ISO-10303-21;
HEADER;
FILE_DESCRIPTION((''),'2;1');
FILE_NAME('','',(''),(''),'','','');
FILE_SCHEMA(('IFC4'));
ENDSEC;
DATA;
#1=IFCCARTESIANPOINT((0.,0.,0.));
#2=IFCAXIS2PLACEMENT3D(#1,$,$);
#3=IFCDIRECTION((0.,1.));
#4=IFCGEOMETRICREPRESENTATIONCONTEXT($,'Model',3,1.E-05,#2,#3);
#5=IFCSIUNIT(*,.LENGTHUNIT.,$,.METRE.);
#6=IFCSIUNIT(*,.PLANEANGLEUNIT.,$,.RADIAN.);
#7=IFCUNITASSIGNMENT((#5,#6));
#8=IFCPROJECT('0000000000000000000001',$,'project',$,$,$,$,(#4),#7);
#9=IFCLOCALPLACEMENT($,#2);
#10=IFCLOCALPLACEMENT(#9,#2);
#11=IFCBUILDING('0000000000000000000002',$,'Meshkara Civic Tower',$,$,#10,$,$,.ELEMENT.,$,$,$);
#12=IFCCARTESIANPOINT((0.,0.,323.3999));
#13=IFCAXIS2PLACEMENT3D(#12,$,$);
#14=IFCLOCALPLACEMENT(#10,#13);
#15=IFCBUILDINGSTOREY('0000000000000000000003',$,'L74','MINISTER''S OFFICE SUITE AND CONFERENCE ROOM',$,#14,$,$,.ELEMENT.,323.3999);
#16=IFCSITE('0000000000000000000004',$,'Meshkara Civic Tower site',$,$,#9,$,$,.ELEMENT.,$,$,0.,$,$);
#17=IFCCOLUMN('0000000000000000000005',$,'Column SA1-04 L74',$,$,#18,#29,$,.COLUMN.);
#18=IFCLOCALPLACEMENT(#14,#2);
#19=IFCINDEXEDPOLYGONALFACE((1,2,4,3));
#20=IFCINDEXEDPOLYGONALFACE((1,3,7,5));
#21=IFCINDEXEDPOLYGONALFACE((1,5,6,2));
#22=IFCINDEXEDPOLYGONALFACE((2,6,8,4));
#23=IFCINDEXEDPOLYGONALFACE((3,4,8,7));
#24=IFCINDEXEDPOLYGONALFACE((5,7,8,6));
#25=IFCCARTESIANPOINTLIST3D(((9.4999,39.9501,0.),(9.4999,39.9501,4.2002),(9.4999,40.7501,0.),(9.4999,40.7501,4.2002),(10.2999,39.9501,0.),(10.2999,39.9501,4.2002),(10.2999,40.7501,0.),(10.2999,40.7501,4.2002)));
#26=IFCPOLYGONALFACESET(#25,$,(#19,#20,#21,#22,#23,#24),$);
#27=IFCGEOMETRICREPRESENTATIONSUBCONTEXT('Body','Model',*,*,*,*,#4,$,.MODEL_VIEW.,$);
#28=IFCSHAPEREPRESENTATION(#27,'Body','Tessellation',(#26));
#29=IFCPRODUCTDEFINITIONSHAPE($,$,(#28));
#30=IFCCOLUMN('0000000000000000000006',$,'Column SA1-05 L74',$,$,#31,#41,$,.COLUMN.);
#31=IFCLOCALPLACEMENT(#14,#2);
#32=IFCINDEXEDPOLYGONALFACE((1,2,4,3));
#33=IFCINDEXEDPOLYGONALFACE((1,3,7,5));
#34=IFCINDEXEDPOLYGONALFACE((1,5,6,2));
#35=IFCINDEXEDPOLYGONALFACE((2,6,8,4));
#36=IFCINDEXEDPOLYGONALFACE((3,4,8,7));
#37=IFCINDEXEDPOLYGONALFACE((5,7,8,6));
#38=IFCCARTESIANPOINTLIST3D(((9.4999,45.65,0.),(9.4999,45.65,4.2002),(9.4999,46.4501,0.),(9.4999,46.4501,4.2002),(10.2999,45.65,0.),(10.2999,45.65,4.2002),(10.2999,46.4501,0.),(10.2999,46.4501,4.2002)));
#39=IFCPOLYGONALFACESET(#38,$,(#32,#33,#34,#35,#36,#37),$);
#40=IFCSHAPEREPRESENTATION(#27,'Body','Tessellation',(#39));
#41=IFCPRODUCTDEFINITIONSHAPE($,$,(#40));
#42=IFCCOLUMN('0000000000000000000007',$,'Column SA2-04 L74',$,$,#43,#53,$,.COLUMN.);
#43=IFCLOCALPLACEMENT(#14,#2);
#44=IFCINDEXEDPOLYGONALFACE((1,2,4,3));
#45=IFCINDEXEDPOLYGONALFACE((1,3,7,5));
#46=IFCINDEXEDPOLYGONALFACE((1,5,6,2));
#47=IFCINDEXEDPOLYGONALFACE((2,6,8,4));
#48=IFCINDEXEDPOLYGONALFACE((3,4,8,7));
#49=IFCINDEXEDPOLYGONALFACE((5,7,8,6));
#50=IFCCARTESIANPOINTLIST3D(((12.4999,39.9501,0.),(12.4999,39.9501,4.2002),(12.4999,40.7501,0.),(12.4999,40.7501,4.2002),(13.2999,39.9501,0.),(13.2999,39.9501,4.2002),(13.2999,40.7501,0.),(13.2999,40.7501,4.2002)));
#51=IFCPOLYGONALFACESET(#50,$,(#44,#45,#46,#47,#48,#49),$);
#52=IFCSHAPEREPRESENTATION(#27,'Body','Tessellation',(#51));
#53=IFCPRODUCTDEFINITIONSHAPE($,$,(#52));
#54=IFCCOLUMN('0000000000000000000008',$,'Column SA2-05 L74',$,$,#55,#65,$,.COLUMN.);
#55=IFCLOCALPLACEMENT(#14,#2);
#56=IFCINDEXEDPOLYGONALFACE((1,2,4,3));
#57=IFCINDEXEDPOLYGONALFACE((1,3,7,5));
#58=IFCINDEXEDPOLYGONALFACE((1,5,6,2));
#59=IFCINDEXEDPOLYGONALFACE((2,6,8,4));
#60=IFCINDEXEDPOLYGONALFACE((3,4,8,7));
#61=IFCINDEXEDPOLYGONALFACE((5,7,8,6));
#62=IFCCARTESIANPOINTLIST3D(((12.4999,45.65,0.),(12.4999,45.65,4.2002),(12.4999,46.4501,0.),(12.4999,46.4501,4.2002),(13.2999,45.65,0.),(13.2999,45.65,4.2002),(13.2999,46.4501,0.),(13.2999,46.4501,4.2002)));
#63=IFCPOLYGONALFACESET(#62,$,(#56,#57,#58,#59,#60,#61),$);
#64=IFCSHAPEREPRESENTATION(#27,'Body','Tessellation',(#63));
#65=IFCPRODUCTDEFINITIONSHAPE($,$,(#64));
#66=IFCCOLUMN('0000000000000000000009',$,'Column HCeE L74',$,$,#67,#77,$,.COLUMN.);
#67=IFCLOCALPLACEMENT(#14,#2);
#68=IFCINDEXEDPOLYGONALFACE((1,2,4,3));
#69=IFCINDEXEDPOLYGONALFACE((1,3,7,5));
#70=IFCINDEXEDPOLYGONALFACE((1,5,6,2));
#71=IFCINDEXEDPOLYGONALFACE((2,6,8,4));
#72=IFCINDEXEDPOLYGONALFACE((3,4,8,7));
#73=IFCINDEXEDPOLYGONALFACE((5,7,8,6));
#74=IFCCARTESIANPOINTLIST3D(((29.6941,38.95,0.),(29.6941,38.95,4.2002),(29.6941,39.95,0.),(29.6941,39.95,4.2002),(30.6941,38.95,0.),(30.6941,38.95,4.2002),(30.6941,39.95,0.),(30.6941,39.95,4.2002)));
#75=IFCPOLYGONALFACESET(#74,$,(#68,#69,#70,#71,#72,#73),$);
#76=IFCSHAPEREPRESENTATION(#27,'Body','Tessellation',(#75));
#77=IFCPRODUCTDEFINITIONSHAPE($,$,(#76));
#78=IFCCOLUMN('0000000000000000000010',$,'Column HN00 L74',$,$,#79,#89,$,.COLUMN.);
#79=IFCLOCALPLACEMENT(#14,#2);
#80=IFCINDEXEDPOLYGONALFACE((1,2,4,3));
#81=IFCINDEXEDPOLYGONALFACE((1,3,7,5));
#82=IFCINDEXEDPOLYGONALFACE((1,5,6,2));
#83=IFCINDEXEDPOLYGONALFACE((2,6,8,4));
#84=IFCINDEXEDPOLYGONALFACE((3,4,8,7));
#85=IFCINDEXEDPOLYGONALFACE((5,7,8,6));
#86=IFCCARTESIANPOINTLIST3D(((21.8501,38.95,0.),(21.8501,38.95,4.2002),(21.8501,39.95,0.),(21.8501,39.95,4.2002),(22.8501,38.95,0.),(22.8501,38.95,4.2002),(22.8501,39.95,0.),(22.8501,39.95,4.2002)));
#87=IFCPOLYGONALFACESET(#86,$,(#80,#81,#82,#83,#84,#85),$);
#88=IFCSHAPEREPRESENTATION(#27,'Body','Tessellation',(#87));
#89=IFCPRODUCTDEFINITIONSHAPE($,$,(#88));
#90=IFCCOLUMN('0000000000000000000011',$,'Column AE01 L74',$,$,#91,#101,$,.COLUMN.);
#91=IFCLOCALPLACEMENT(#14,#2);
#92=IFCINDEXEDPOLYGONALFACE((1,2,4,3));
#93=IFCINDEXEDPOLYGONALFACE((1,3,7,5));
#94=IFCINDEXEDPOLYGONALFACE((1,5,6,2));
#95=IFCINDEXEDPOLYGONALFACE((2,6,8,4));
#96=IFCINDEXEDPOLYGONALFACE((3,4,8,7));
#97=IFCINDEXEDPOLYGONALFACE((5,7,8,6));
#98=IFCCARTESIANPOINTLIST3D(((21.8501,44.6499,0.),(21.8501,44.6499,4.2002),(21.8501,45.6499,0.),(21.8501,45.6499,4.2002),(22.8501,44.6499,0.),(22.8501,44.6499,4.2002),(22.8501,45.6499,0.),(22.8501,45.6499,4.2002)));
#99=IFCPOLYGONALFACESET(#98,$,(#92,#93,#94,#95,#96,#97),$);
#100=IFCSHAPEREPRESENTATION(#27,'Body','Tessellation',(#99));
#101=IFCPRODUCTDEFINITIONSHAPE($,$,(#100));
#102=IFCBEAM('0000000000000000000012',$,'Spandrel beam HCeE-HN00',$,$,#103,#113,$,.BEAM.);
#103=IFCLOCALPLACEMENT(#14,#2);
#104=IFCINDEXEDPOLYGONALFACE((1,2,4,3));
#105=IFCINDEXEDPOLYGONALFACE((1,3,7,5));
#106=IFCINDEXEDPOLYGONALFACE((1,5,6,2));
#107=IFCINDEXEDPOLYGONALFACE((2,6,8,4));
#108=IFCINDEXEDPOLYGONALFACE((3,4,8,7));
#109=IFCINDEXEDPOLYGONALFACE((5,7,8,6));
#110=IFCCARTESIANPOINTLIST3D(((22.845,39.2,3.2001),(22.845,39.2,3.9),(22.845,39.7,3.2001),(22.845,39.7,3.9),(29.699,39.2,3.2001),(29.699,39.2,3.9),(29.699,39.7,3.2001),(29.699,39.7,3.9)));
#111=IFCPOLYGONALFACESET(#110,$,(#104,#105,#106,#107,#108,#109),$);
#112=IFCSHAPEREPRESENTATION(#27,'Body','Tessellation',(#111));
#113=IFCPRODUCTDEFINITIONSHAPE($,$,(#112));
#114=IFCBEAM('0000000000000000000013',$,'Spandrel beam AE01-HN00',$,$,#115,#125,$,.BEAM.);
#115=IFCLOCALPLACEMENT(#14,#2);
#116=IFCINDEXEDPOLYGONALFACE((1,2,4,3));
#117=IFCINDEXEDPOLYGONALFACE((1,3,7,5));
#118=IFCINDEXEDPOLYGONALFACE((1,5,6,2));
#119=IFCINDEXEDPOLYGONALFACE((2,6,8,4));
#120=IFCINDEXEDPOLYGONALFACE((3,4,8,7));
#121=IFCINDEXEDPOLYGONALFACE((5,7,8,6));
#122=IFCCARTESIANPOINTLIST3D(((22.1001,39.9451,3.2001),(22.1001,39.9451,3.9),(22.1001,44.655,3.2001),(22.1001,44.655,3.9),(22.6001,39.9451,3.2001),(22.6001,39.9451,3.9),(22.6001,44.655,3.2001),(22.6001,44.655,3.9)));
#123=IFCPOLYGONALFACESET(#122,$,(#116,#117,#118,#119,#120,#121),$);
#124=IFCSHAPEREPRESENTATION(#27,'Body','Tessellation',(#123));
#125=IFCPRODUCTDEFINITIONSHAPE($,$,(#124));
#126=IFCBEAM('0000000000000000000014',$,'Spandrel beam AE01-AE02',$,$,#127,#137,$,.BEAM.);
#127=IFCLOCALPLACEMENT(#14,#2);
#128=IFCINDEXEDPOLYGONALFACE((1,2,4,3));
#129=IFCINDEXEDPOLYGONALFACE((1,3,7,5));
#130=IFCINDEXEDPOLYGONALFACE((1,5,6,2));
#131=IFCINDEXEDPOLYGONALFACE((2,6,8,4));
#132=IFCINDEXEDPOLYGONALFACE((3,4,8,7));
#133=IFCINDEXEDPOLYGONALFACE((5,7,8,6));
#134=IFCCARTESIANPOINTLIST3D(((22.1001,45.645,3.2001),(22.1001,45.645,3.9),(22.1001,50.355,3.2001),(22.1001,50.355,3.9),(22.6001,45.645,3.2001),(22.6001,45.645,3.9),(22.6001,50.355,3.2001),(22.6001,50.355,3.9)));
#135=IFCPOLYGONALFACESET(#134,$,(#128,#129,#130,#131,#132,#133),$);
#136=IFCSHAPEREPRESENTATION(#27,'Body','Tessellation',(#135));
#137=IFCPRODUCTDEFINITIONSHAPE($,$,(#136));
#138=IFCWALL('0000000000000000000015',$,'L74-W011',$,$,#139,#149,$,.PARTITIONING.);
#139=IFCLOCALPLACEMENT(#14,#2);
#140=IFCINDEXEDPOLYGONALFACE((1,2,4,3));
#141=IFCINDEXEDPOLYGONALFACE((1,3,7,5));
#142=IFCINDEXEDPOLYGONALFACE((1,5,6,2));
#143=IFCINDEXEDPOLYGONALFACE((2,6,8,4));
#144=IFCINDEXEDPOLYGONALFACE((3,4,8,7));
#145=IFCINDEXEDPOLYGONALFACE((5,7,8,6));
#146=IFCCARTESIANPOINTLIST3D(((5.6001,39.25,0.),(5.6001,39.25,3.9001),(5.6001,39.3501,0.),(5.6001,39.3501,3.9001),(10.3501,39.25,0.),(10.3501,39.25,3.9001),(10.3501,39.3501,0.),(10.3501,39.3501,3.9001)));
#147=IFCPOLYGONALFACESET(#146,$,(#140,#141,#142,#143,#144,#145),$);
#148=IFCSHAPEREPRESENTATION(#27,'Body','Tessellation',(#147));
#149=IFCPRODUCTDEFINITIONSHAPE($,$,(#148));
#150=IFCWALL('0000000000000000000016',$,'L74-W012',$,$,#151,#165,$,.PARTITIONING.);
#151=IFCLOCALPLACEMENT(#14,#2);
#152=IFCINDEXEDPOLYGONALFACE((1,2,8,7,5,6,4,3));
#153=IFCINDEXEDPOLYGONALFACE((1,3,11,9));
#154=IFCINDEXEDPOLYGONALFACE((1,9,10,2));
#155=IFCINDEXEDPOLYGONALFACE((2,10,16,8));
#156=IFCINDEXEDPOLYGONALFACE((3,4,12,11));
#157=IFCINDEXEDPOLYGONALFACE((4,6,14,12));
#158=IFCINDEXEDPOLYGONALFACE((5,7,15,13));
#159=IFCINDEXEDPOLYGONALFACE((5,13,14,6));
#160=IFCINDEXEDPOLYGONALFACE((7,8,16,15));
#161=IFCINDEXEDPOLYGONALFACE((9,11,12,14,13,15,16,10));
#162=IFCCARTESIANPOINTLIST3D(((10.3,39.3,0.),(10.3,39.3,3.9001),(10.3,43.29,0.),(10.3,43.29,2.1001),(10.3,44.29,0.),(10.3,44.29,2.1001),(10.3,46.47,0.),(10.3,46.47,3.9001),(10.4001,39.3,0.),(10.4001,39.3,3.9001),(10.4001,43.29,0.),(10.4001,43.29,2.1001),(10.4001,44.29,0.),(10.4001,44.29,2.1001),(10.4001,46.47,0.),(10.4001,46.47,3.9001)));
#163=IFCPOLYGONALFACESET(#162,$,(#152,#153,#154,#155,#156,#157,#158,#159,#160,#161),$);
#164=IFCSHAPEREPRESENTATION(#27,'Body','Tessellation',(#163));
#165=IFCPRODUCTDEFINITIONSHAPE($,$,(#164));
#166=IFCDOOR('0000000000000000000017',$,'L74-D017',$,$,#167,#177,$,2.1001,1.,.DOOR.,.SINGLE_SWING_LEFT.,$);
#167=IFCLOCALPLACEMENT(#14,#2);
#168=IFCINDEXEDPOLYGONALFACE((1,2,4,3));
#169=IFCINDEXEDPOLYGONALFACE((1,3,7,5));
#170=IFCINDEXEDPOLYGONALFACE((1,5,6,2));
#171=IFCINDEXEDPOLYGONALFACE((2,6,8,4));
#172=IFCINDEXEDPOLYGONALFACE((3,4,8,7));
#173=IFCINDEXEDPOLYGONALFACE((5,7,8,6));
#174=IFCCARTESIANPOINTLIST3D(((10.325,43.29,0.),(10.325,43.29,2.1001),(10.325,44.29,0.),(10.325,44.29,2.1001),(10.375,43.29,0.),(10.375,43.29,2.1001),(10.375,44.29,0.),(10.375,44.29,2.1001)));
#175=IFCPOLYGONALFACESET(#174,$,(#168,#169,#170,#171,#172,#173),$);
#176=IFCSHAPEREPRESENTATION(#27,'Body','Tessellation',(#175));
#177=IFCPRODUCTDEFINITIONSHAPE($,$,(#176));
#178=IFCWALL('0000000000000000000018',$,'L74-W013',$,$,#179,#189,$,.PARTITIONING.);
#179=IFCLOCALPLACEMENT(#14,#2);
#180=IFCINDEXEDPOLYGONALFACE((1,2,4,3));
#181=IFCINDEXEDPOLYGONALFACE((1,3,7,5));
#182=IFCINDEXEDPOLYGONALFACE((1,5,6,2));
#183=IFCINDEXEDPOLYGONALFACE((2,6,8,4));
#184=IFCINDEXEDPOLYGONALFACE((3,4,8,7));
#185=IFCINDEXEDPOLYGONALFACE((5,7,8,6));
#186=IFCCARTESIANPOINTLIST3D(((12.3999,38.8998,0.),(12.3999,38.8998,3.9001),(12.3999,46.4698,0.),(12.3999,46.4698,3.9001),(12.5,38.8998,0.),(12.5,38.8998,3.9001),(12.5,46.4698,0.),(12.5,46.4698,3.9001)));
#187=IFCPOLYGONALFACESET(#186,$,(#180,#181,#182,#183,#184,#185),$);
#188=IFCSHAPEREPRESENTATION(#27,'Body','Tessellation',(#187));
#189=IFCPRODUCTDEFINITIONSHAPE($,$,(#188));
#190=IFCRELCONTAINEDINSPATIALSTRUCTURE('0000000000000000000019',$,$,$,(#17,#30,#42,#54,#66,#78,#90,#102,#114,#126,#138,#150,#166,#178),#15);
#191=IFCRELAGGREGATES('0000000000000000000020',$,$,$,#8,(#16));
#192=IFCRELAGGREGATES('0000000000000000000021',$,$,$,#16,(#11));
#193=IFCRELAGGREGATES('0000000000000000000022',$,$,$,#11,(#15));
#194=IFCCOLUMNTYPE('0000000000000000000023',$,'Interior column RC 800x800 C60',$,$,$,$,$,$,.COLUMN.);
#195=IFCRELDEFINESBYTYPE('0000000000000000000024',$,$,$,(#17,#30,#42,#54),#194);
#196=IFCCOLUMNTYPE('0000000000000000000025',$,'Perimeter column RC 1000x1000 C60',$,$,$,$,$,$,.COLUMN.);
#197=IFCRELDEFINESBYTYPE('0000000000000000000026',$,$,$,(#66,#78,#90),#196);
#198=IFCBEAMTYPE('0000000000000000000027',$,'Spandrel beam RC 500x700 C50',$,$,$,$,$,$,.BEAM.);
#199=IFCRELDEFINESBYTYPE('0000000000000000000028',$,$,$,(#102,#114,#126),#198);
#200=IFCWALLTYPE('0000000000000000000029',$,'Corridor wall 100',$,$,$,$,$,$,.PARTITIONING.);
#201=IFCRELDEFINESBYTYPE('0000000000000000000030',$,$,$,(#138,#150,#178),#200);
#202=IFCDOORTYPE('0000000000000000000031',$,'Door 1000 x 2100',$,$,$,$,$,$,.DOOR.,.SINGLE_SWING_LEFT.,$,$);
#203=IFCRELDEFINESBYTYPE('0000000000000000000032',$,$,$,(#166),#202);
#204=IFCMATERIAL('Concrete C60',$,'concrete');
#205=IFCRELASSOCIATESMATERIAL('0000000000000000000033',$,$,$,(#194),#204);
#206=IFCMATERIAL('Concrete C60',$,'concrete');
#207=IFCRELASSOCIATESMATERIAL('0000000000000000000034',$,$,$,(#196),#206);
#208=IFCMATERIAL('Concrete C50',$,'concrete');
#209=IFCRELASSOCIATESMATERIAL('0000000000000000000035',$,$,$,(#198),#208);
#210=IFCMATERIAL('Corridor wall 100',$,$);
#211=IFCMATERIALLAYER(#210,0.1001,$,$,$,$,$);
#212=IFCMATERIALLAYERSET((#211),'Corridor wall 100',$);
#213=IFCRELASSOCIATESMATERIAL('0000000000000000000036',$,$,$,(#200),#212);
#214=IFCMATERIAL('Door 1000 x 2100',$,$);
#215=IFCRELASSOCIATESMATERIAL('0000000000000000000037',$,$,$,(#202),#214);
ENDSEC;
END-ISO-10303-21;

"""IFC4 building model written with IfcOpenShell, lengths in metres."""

from ifc_helpers import new_model, si_unit, direction, frame, frame_2d, origin, origin_2d, place, context, subcontext, project, spatial, rectangle, extrude, material, layer, layer_set, material_profile, profile_set, type_object, element, fill, save


model = new_model("IFC4")

# Units and contexts
model_context = context("Model", 3, precision=1e-05, world=origin(), true_north=direction((0.0, 1.0)))
body_context = subcontext(model_context, "Body", "Model", "MODEL_VIEW")
ifc_project = project(units=[si_unit("LENGTHUNIT", "METRE"), si_unit("PLANEANGLEUNIT", "RADIAN")], contexts=[model_context])

# Site, building, storey
site_placement = place(None, origin())
site = spatial("IfcSite", under=ifc_project, at=site_placement, Name="Meshkara Civic Tower site", CompositionType="ELEMENT", RefElevation=0.0)
building_placement = place(site_placement, origin())
building = spatial("IfcBuilding", under=site, at=building_placement, Name="Meshkara Civic Tower", CompositionType="ELEMENT")
storey_placement = place(building_placement, frame((0.0, 0.0, 323.3999)))
storey = spatial("IfcBuildingStorey", under=building, at=storey_placement, Name="L74", Description="MINISTER'S OFFICE SUITE AND CONFERENCE ROOM", CompositionType="ELEMENT", Elevation=323.3999)

# Columns
ifc_material_1 = material(Name="Concrete C60", Category="concrete")
ifc_material_profile_1 = material_profile(ifc_material_1, rectangle(XDim=0.8, YDim=0.8, at=origin_2d()))
ifc_profile_set_1 = profile_set([ifc_material_profile_1], Name="Concrete C60")
column_type_1 = type_object("IfcColumnType", Name="Interior column RC 800x800 C60", PredefinedType="COLUMN", material=ifc_profile_set_1)
for number, where, z_axis, x_axis, name in (
    (1, (9.8999, 40.3501, 0.0), (0.0, 0.0, 1.0), (1.0, 0.0, 0.0), "Column SA1-04 L74"),
    (2, (9.8999, 46.05, 0.0), (0.0, 0.0, 1.0), (1.0, 0.0, 0.0), "Column SA1-05 L74"),
    (3, (12.8999, 40.3501, 0.0), (0.0, 0.0, 1.0), (1.0, 0.0, 0.0), "Column SA2-04 L74"),
    (4, (12.8999, 46.05, 0.0), (0.0, 0.0, 1.0), (1.0, 0.0, 0.0), "Column SA2-05 L74"),
):
    element("IfcColumn", number, at=place(storey_placement, frame(where, z_axis=z_axis, x_axis=x_axis)), inside=storey, type_object=column_type_1, Name=name, PredefinedType="COLUMN", context=body_context, shape_type="SweptSolid", body=[
        extrude(rectangle(XDim=0.8, YDim=0.8, at=origin_2d()), origin(), (0.0, 0.0, 1.0), 4.2002),
    ])
ifc_material_2 = material(Name="Concrete C60", Category="concrete")
ifc_material_profile_2 = material_profile(ifc_material_2, rectangle(XDim=1.0, YDim=1.0, at=origin_2d()))
ifc_profile_set_2 = profile_set([ifc_material_profile_2], Name="Concrete C60")
column_type_2 = type_object("IfcColumnType", Name="Perimeter column RC 1000x1000 C60", PredefinedType="COLUMN", material=ifc_profile_set_2)
for number, where, z_axis, x_axis, name in (
    (5, (30.1941, 39.45, 0.0), (0.0, 0.0, 1.0), (1.0, 0.0, 0.0), "Column HCeE L74"),
    (6, (22.3501, 39.45, 0.0), (0.0, 0.0, 1.0), (1.0, 0.0, 0.0), "Column HN00 L74"),
    (7, (22.3501, 45.1499, 0.0), (0.0, 0.0, 1.0), (1.0, 0.0, 0.0), "Column AE01 L74"),
):
    element("IfcColumn", number, at=place(storey_placement, frame(where, z_axis=z_axis, x_axis=x_axis)), inside=storey, type_object=column_type_2, Name=name, PredefinedType="COLUMN", context=body_context, shape_type="SweptSolid", body=[
        extrude(rectangle(XDim=1.0, YDim=1.0, at=origin_2d()), origin(), (0.0, 0.0, 1.0), 4.2002),
    ])

# Beams
ifc_material_3 = material(Name="Concrete C50", Category="concrete")
ifc_material_profile_3 = material_profile(ifc_material_3, rectangle(XDim=0.5, YDim=0.7, at=origin_2d()))
ifc_profile_set_3 = profile_set([ifc_material_profile_3], Name="Concrete C50")
beam_type = type_object("IfcBeamType", Name="Spandrel beam RC 500x700 C50", PredefinedType="BEAM", material=ifc_profile_set_3)
beam_placement = place(storey_placement, frame((29.699, 39.45, 3.55), z_axis=(-1.0, 0.0, 0.0), x_axis=(0.0, -1.0, 0.0)))
element("IfcBeam", 8, at=beam_placement, inside=storey, type_object=beam_type, Name="Spandrel beam HCeE-HN00", PredefinedType="BEAM", context=body_context, shape_type="SweptSolid", body=[
    extrude(rectangle(XDim=0.5, YDim=0.7, at=origin_2d()), origin(), (0.0, 0.0, 1.0), 6.854),
])
for number, where, z_axis, x_axis, name in (
    (9, (22.3501, 39.9451, 3.55), (0.0, 1.0, 0.0), (-1.0, 0.0, 0.0), "Spandrel beam AE01-HN00"),
    (10, (22.3501, 45.645, 3.55), (0.0, 1.0, 0.0), (-1.0, 0.0, 0.0), "Spandrel beam AE01-AE02"),
):
    element("IfcBeam", number, at=place(storey_placement, frame(where, z_axis=z_axis, x_axis=x_axis)), inside=storey, type_object=beam_type, Name=name, PredefinedType="BEAM", context=body_context, shape_type="SweptSolid", body=[
        extrude(rectangle(XDim=0.5, YDim=0.7, at=origin_2d()), origin(), (0.0, 0.0, 1.0), 4.71),
    ])

# Wall
ifc_material_4 = material(Name="Corridor wall 100")
ifc_layer_1 = layer(ifc_material_4, 0.1001)
ifc_layer_set_1 = layer_set([ifc_layer_1], Name="Corridor wall 100")
wall_type_1 = type_object("IfcWallType", Name="Corridor wall 100", PredefinedType="PARTITIONING", material=ifc_layer_set_1)
wall_1_placement = place(storey_placement, frame((10.3501, 39.3, 0.0), z_axis=(0.0, 0.0, 1.0), x_axis=(-1.0, 0.0, 0.0)))
element("IfcWall", 11, at=wall_1_placement, inside=storey, type_object=wall_type_1, Name="L74-W011", PredefinedType="PARTITIONING", context=body_context, shape_type="SweptSolid", body=[
    extrude(rectangle(XDim=4.75, YDim=0.1001, at=frame_2d((2.375, 0.0))), origin(), (0.0, 0.0, 1.0), 3.9001),
])

# Wall, opening, door
wall_2_placement = place(storey_placement, frame((10.3501, 46.47, 0.0), z_axis=(0.0, 0.0, 1.0), x_axis=(0.0, -1.0, 0.0)))
wall_2 = element("IfcWall", 12, at=wall_2_placement, inside=storey, type_object=wall_type_1, Name="L74-W012", PredefinedType="PARTITIONING", context=body_context, shape_type="SweptSolid", body=[
    extrude(rectangle(XDim=7.1699, YDim=0.1001, at=frame_2d((3.585, 0.0))), origin(), (0.0, 0.0, 1.0), 3.9001),
])
opening_1_placement = place(wall_2_placement, frame((2.1799, 0.0, 0.0)))
opening_1 = element("IfcOpeningElement", 13, at=opening_1_placement, cuts=wall_2, PredefinedType="OPENING", context=body_context, shape_type="SweptSolid", body=[
    extrude(rectangle(XDim=1.0, YDim=2.1001, at=frame_2d((0.5, 1.05))), frame((0.0, 0.0601, 0.0), z_axis=(0.0, -1.0, 0.0), x_axis=(1.0, 0.0, 0.0)), (0.0, 0.0, 1.0), 0.1201),
])
ifc_material_5 = material(Name="Door 1000 x 2100")
door_type = type_object("IfcDoorType", Name="Door 1000 x 2100", OperationType="SINGLE_SWING_LEFT", PredefinedType="DOOR", material=ifc_material_5)
door_1_placement = place(opening_1_placement, origin())
door_1 = element("IfcDoor", 14, at=door_1_placement, inside=storey, type_object=door_type, Name="L74-D017", OperationType="SINGLE_SWING_LEFT", OverallHeight=2.1001, OverallWidth=1.0, PredefinedType="DOOR", context=body_context, shape_type="SweptSolid", body=[
    extrude(rectangle(XDim=1.0, YDim=2.1001, at=frame_2d((0.5, 1.05))), frame((0.0, 0.0249, 0.0), z_axis=(0.0, -1.0, 0.0), x_axis=(1.0, 0.0, 0.0)), (0.0, 0.0, 1.0), 0.05),
])
fill(opening_1, door_1)

# Wall
wall_3_placement = place(storey_placement, frame((12.45, 46.47, 0.0), z_axis=(0.0, 0.0, 1.0), x_axis=(0.0, -1.0, 0.0)))
element("IfcWall", 15, at=wall_3_placement, inside=storey, type_object=wall_type_1, Name="L74-W013", PredefinedType="PARTITIONING", context=body_context, shape_type="SweptSolid", body=[
    extrude(rectangle(XDim=7.5701, YDim=0.1001, at=frame_2d((3.7852, 0.0))), origin(), (0.0, 0.0, 1.0), 3.9001),
])

save(model, "model.ifc")
